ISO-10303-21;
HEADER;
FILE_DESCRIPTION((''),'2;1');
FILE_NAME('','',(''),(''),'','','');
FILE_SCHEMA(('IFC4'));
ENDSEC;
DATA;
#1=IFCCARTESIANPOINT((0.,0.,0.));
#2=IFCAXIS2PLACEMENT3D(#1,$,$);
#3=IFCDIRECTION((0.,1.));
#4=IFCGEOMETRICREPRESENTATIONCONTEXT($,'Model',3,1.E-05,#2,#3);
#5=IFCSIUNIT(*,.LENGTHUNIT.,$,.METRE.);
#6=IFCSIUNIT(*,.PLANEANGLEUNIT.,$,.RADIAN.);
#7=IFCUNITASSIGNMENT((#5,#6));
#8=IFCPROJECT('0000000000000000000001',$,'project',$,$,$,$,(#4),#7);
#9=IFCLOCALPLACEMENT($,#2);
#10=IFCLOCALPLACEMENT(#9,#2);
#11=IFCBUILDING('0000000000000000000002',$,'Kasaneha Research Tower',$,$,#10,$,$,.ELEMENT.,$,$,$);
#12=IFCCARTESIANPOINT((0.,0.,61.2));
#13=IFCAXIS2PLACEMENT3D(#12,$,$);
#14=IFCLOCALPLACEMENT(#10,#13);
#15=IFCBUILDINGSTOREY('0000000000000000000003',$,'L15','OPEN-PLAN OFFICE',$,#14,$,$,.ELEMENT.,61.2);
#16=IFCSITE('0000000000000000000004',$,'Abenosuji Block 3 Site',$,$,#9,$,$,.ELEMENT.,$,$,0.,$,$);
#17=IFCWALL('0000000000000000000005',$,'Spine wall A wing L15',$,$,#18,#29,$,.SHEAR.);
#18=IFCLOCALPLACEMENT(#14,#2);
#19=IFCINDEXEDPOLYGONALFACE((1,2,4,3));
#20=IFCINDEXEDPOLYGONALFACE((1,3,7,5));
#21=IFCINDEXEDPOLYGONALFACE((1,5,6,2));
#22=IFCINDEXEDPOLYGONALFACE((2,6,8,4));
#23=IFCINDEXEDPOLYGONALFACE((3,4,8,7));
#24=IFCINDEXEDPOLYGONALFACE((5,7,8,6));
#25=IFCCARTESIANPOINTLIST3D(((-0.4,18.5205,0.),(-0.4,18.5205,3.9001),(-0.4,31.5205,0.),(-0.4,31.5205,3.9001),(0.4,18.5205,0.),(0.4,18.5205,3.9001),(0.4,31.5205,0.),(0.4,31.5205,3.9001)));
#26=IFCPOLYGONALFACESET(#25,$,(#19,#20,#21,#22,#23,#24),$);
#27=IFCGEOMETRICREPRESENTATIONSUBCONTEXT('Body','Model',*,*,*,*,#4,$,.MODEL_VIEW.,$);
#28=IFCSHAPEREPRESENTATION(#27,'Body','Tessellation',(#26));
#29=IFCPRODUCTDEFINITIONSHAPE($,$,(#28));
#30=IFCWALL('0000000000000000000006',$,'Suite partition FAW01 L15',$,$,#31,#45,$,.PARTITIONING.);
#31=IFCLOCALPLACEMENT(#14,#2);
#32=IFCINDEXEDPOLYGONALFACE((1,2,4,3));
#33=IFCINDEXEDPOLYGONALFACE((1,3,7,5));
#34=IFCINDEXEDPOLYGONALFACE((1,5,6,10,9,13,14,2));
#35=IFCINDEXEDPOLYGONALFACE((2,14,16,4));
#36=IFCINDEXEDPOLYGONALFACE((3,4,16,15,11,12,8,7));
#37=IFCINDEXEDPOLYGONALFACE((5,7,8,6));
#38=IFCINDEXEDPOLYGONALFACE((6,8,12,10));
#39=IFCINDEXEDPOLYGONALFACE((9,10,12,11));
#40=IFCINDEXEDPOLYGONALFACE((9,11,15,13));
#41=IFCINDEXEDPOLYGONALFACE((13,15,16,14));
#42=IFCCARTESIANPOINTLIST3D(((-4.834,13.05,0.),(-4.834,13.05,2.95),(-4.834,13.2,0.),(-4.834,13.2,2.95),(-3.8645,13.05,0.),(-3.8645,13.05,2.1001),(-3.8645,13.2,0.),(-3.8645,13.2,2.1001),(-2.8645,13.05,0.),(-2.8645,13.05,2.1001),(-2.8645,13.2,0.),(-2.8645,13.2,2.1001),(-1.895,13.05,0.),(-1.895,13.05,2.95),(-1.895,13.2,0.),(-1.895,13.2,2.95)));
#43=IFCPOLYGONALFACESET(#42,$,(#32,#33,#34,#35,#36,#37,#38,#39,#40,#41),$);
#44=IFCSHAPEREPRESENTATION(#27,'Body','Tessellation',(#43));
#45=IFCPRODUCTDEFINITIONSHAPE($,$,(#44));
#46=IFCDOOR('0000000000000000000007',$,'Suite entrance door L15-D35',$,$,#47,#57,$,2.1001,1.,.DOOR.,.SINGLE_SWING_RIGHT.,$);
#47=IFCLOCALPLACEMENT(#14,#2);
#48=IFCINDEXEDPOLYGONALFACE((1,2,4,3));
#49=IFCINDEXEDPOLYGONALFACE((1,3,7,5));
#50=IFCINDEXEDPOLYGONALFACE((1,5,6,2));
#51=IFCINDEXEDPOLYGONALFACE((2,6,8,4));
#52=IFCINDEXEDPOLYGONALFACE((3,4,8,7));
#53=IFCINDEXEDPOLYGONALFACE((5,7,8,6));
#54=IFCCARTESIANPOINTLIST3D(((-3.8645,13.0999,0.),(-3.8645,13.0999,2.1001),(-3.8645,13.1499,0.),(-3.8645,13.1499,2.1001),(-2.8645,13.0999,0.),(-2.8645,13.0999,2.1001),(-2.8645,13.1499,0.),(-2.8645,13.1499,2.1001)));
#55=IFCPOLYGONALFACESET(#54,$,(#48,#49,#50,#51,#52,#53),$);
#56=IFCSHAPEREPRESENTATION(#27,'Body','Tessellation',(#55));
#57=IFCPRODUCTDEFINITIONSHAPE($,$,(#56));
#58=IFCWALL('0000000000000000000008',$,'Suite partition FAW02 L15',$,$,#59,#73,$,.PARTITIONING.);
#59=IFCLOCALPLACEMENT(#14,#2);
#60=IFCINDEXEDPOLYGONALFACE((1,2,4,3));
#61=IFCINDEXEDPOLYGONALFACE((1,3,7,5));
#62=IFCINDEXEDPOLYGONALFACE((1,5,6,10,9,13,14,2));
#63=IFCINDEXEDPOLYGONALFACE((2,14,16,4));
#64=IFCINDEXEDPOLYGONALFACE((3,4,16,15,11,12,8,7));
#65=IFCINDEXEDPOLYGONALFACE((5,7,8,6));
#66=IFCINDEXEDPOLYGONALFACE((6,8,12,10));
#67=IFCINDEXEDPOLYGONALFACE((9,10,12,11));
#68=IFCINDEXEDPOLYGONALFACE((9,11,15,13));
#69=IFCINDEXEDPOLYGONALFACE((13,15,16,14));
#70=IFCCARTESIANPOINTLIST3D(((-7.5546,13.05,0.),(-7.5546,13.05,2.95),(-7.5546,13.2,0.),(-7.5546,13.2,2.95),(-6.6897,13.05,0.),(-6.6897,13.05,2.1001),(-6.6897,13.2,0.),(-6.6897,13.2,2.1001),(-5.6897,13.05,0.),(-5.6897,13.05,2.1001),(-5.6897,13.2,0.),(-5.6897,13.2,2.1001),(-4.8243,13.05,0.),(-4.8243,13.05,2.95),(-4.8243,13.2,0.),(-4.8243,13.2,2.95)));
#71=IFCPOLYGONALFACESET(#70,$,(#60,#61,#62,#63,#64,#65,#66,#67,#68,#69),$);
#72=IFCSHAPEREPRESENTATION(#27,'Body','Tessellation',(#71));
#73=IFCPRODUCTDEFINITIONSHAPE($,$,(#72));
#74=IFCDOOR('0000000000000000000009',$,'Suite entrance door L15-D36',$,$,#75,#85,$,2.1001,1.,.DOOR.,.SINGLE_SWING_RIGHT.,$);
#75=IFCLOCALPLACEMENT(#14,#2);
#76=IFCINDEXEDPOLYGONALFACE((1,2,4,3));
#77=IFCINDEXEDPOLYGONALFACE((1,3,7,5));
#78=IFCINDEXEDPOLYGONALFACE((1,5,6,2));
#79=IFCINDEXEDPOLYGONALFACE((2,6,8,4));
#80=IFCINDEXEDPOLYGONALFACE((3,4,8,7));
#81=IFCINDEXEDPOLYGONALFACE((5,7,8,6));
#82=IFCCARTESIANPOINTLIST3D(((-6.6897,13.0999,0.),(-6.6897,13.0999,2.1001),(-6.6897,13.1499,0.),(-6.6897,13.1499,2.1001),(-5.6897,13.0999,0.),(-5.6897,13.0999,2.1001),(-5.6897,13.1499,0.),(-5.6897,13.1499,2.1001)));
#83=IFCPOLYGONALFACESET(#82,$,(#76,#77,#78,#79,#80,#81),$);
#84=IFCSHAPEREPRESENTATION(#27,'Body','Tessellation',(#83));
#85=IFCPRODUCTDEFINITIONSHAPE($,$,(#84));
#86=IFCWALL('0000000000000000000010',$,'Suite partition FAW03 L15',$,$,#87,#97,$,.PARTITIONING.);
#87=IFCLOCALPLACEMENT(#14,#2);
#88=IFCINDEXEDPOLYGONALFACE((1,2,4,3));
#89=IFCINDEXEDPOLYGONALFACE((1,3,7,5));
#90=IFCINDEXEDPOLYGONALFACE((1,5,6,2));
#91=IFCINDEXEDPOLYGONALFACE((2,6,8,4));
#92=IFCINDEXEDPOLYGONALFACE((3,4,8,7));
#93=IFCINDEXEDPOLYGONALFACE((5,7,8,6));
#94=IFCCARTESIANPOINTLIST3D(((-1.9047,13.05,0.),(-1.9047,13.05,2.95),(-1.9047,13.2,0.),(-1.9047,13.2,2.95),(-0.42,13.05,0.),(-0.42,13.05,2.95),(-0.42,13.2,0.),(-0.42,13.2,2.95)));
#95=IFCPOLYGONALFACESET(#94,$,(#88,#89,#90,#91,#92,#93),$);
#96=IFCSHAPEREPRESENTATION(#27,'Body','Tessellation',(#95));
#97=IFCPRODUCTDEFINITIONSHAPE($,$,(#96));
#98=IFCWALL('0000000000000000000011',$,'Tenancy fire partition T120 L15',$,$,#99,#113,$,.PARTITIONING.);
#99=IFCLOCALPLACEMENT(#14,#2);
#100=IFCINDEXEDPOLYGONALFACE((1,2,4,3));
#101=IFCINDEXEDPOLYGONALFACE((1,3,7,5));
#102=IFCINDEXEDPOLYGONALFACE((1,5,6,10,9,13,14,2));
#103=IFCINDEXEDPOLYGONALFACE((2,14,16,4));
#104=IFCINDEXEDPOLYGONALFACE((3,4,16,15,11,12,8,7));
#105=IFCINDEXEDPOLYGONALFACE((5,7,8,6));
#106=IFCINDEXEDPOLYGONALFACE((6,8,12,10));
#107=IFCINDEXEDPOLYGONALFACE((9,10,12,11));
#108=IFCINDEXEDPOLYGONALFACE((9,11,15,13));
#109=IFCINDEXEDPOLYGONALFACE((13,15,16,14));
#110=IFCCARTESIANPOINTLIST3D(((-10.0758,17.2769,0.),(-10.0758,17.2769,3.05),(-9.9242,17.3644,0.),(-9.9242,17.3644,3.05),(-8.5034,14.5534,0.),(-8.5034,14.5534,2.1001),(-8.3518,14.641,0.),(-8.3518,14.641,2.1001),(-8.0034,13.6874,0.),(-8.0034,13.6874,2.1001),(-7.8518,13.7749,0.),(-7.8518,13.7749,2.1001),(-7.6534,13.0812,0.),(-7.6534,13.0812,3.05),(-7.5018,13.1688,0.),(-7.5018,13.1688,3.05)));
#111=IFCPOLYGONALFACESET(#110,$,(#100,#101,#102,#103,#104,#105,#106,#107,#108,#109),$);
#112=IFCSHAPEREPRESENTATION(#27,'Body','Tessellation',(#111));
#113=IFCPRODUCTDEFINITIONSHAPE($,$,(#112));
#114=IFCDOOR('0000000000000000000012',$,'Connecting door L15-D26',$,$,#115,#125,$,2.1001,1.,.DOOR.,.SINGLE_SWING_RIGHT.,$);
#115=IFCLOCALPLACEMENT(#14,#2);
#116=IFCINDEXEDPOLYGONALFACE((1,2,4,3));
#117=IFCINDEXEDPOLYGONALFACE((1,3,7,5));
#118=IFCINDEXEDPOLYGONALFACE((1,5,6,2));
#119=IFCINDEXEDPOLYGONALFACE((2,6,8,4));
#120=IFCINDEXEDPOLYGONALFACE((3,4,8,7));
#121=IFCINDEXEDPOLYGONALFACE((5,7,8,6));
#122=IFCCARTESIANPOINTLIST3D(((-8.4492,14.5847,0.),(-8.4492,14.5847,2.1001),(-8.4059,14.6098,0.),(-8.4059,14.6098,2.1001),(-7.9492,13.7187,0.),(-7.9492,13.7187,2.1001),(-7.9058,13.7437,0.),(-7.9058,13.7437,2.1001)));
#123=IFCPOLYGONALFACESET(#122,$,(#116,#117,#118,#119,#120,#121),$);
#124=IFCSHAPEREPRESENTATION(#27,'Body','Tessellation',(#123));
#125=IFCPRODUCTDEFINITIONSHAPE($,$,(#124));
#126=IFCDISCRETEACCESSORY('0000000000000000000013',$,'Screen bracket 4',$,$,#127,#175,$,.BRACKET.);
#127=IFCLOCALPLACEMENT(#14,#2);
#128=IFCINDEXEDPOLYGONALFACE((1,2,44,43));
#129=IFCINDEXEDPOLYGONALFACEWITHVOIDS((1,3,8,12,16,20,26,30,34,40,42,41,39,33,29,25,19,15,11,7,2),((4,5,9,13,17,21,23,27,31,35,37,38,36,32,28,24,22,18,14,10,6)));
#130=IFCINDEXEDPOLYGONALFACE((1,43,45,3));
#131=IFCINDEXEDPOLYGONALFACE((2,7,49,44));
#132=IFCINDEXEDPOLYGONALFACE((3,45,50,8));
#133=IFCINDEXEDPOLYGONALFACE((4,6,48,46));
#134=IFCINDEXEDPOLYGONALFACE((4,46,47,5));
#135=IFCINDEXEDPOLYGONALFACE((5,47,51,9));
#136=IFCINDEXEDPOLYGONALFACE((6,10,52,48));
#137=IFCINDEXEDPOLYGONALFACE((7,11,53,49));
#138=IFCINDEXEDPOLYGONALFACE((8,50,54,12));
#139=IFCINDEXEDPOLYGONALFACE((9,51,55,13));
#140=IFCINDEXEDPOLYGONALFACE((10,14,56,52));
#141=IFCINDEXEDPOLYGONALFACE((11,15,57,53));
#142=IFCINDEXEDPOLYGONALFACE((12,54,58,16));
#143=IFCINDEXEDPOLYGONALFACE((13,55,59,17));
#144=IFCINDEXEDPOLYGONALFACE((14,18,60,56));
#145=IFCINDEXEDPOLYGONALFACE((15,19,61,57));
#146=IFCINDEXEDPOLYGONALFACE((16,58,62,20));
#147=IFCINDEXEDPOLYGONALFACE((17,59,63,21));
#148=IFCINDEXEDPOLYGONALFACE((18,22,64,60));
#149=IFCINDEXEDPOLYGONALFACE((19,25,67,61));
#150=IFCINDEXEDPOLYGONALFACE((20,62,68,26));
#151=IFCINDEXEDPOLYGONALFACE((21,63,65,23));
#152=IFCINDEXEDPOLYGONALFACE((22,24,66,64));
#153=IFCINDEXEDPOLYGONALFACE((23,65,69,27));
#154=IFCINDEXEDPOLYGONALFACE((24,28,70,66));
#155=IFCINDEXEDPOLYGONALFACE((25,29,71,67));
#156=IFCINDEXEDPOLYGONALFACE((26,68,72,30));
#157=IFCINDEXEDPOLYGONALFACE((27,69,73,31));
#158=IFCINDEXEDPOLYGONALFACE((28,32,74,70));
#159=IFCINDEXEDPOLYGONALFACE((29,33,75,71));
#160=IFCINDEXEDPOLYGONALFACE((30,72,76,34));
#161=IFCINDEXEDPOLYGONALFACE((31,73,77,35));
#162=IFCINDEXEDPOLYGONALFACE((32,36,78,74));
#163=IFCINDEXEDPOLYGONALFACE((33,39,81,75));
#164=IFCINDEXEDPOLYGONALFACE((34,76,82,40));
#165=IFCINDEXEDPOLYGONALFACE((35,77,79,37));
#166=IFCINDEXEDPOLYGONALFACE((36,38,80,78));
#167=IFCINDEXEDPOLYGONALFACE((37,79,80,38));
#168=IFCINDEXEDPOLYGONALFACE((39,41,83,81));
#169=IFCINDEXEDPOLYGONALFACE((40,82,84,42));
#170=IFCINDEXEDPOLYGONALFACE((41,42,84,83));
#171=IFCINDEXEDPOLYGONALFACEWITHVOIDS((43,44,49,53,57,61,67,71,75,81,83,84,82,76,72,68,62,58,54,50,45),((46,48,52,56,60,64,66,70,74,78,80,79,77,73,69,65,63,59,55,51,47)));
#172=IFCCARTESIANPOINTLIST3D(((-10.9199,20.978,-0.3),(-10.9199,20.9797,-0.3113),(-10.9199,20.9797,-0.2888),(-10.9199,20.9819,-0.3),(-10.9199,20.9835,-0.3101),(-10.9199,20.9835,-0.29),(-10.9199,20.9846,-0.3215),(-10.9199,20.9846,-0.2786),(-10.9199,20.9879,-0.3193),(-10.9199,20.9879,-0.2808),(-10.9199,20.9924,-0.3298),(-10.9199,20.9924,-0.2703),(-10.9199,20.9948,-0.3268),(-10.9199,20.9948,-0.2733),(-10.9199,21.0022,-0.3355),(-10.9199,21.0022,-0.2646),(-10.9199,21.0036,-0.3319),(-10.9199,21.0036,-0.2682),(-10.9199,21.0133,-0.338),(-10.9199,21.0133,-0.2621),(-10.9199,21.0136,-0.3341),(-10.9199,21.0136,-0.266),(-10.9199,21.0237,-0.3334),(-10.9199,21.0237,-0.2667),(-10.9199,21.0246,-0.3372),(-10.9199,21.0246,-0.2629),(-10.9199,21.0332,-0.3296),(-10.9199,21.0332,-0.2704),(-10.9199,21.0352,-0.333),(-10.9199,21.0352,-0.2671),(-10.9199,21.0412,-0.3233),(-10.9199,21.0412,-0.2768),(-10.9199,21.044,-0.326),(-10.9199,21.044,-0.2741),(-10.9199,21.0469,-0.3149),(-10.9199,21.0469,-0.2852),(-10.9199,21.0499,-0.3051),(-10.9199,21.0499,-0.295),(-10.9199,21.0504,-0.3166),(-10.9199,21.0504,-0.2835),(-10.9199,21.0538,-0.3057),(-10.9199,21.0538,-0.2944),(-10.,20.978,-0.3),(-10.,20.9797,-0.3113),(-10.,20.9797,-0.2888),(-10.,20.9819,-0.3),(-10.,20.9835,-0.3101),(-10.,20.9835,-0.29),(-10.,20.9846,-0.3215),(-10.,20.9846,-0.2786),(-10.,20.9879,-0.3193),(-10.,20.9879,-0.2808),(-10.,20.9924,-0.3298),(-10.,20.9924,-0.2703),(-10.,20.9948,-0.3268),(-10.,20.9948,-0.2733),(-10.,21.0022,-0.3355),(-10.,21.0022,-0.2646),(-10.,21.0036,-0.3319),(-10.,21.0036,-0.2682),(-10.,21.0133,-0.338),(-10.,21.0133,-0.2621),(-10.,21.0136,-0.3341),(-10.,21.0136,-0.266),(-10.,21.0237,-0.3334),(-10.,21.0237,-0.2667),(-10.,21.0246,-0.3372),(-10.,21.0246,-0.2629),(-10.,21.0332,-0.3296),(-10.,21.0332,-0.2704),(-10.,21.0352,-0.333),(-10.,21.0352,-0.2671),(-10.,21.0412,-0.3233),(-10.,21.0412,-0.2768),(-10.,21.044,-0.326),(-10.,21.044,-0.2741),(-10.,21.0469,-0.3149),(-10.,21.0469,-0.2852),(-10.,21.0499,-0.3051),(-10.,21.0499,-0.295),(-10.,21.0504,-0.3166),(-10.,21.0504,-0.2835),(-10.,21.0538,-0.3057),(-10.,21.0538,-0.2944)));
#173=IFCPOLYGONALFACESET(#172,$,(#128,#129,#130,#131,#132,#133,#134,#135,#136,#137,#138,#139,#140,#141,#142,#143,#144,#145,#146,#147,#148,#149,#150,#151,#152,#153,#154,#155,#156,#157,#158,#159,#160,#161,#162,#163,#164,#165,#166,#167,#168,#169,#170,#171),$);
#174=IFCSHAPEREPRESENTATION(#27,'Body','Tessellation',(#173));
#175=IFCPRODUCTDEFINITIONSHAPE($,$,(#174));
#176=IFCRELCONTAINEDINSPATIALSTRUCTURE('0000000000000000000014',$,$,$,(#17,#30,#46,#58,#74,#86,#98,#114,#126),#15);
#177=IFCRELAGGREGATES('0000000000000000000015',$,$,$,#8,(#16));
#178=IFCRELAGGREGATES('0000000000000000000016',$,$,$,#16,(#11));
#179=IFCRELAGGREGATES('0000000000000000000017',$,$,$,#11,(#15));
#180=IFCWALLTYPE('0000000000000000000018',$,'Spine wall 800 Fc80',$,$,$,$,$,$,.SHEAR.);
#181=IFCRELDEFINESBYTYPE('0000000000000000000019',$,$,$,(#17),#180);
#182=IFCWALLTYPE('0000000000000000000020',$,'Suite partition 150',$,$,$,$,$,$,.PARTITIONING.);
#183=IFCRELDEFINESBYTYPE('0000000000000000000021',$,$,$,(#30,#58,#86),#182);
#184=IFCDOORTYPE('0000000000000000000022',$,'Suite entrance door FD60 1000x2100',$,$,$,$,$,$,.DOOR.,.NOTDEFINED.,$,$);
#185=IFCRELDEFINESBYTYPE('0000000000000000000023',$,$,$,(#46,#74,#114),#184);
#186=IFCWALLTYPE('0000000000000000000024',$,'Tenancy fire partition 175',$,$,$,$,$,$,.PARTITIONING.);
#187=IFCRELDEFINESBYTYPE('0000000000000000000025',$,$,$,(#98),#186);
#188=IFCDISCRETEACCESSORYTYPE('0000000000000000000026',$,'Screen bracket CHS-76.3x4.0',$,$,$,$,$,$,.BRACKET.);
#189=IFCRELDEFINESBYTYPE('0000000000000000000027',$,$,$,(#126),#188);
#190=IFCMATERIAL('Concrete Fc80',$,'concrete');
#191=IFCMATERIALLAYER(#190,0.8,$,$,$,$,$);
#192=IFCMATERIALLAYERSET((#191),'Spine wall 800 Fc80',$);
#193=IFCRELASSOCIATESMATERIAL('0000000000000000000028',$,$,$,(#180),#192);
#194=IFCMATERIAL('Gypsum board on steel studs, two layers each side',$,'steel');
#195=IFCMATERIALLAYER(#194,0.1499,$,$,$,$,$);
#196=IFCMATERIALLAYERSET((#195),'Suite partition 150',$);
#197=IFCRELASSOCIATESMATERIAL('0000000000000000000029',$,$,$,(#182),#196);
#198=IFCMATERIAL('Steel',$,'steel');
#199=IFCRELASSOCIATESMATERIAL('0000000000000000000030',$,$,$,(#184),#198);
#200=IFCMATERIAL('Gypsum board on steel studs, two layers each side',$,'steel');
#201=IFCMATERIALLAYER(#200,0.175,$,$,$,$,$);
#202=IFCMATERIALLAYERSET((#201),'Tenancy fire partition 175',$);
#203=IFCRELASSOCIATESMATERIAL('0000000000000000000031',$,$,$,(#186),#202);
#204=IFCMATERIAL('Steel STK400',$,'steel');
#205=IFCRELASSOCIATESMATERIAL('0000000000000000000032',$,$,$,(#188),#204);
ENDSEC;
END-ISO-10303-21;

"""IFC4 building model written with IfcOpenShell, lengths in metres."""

from ifc_helpers import new_model, si_unit, direction, frame, frame_2d, origin, origin_2d, place, context, subcontext, project, spatial, rectangle, hollow_circle, extrude, material, layer, layer_set, material_profile, profile_set, type_object, element, fill, save


model = new_model("IFC4")

# Units and contexts
model_context = context("Model", 3, precision=1e-05, world=origin(), true_north=direction((0.0, 1.0)))
body_context = subcontext(model_context, "Body", "Model", "MODEL_VIEW")
ifc_project = project(units=[si_unit("LENGTHUNIT", "METRE"), si_unit("PLANEANGLEUNIT", "RADIAN")], contexts=[model_context])

# Site, building, storey
site_placement = place(None, origin())
site = spatial("IfcSite", under=ifc_project, at=site_placement, Name="Abenosuji Block 3 Site", CompositionType="ELEMENT", RefElevation=0.0)
building_placement = place(site_placement, origin())
building = spatial("IfcBuilding", under=site, at=building_placement, Name="Kasaneha Research Tower", CompositionType="ELEMENT")
storey_placement = place(building_placement, frame((0.0, 0.0, 61.2)))
storey = spatial("IfcBuildingStorey", under=building, at=storey_placement, Name="L15", Description="OPEN-PLAN OFFICE", CompositionType="ELEMENT", Elevation=61.2)

# Wall
ifc_material_1 = material(Name="Concrete Fc80", Category="concrete")
ifc_layer_1 = layer(ifc_material_1, 0.8)
ifc_layer_set_1 = layer_set([ifc_layer_1], Name="Spine wall 800 Fc80")
wall_type_1 = type_object("IfcWallType", Name="Spine wall 800 Fc80", PredefinedType="SHEAR", material=ifc_layer_set_1)
wall_1_placement = place(storey_placement, frame((0.0, 18.5205, 0.0), z_axis=(0.0, 0.0, 1.0), x_axis=(0.0, 1.0, 0.0)))
element("IfcWall", 1, at=wall_1_placement, inside=storey, type_object=wall_type_1, Name="Spine wall A wing L15", PredefinedType="SHEAR", context=body_context, shape_type="SweptSolid", body=[
    extrude(rectangle(XDim=13.0, YDim=0.8, at=frame_2d((6.5, 0.0))), origin(), (0.0, 0.0, 1.0), 3.9001),
])

# Walls, openings, doors
ifc_material_2 = material(Name="Gypsum board on steel studs, two layers each side", Category="steel")
ifc_layer_2 = layer(ifc_material_2, 0.1499)
ifc_layer_set_2 = layer_set([ifc_layer_2], Name="Suite partition 150")
wall_type_2 = type_object("IfcWallType", Name="Suite partition 150", PredefinedType="PARTITIONING", material=ifc_layer_set_2)
wall_2_placement = place(storey_placement, frame((-4.834, 13.125, 0.0), z_axis=(0.0, 0.0, 1.0), x_axis=(1.0, 0.0, 0.0)))
wall_2 = element("IfcWall", 2, at=wall_2_placement, inside=storey, type_object=wall_type_2, Name="Suite partition FAW01 L15", PredefinedType="PARTITIONING", context=body_context, shape_type="SweptSolid", body=[
    extrude(rectangle(XDim=2.939, YDim=0.1499, at=frame_2d((1.4695, 0.0))), origin(), (0.0, 0.0, 1.0), 2.95),
])
opening_1_placement = place(wall_2_placement, frame((0.9695, 0.0, 0.0)))
opening_1 = element("IfcOpeningElement", 3, at=opening_1_placement, cuts=wall_2, PredefinedType="OPENING", context=body_context, shape_type="SweptSolid", body=[
    extrude(rectangle(XDim=1.0, YDim=2.1001, at=frame_2d((0.5, 1.05))), frame((0.0, 0.085, 0.0), z_axis=(0.0, -1.0, 0.0), x_axis=(1.0, 0.0, 0.0)), (0.0, 0.0, 1.0), 0.1699),
])
ifc_material_3 = material(Name="Steel", Category="steel")
door_type_1 = type_object("IfcDoorType", Name="Suite entrance door FD60 1000x2100", OperationType="NOTDEFINED", PredefinedType="DOOR", material=ifc_material_3)
door_1_placement = place(opening_1_placement, origin())
door_1 = element("IfcDoor", 4, at=door_1_placement, inside=storey, type_object=door_type_1, Name="Suite entrance door L15-D35", OperationType="SINGLE_SWING_RIGHT", OverallHeight=2.1001, OverallWidth=1.0, PredefinedType="DOOR", context=body_context, shape_type="SweptSolid", body=[
    extrude(rectangle(XDim=1.0, YDim=2.1001, at=frame_2d((0.5, 1.05))), frame((0.0, 0.0249, 0.0), z_axis=(0.0, -1.0, 0.0), x_axis=(1.0, 0.0, 0.0)), (0.0, 0.0, 1.0), 0.05),
])
fill(opening_1, door_1)
wall_3_placement = place(storey_placement, frame((-7.5547, 13.125, 0.0), z_axis=(0.0, 0.0, 1.0), x_axis=(1.0, 0.0, 0.0)))
wall_3 = element("IfcWall", 5, at=wall_3_placement, inside=storey, type_object=wall_type_2, Name="Suite partition FAW02 L15", PredefinedType="PARTITIONING", context=body_context, shape_type="SweptSolid", body=[
    extrude(rectangle(XDim=2.7302, YDim=0.1499, at=frame_2d((1.3652, 0.0))), origin(), (0.0, 0.0, 1.0), 2.95),
])
opening_2_placement = place(wall_3_placement, frame((0.865, 0.0, 0.0)))
opening_2 = element("IfcOpeningElement", 6, at=opening_2_placement, cuts=wall_3, PredefinedType="OPENING", context=body_context, shape_type="SweptSolid", body=[
    extrude(rectangle(XDim=1.0, YDim=2.1001, at=frame_2d((0.5, 1.05))), frame((0.0, 0.085, 0.0), z_axis=(0.0, -1.0, 0.0), x_axis=(1.0, 0.0, 0.0)), (0.0, 0.0, 1.0), 0.1699),
])
door_2_placement = place(opening_2_placement, origin())
door_2 = element("IfcDoor", 7, at=door_2_placement, inside=storey, type_object=door_type_1, Name="Suite entrance door L15-D36", OperationType="SINGLE_SWING_RIGHT", OverallHeight=2.1001, OverallWidth=1.0, PredefinedType="DOOR", context=body_context, shape_type="SweptSolid", body=[
    extrude(rectangle(XDim=1.0, YDim=2.1001, at=frame_2d((0.5, 1.05))), frame((0.0, 0.0249, 0.0), z_axis=(0.0, -1.0, 0.0), x_axis=(1.0, 0.0, 0.0)), (0.0, 0.0, 1.0), 0.05),
])
fill(opening_2, door_2)

# Wall
wall_4_placement = place(storey_placement, frame((-1.9045, 13.125, 0.0), z_axis=(0.0, 0.0, 1.0), x_axis=(1.0, 0.0, 0.0)))
element("IfcWall", 8, at=wall_4_placement, inside=storey, type_object=wall_type_2, Name="Suite partition FAW03 L15", PredefinedType="PARTITIONING", context=body_context, shape_type="SweptSolid", body=[
    extrude(rectangle(XDim=1.4846, YDim=0.1499, at=frame_2d((0.7422, 0.0))), origin(), (0.0, 0.0, 1.0), 2.95),
])

# Wall, opening, door
ifc_material_4 = material(Name="Gypsum board on steel studs, two layers each side", Category="steel")
ifc_layer_3 = layer(ifc_material_4, 0.175)
ifc_layer_set_3 = layer_set([ifc_layer_3], Name="Tenancy fire partition 175")
wall_type_3 = type_object("IfcWallType", Name="Tenancy fire partition 175", PredefinedType="PARTITIONING", material=ifc_layer_set_3)
wall_5_placement = place(storey_placement, frame((-7.5776, 13.125, 0.0), z_axis=(0.0, 0.0, 1.0), x_axis=(-0.500009, 0.86602, 0.0)))
wall_5 = element("IfcWall", 9, at=wall_5_placement, inside=storey, type_object=wall_type_3, Name="Tenancy fire partition T120 L15", PredefinedType="PARTITIONING", context=body_context, shape_type="SweptSolid", body=[
    extrude(rectangle(XDim=4.8447, YDim=0.175, at=frame_2d((2.4224, 0.0))), origin(), (0.0, 0.0, 1.0), 3.05),
])
opening_3_placement = place(wall_5_placement, frame((0.7, 0.0, 0.0)))
opening_3 = element("IfcOpeningElement", 10, at=opening_3_placement, cuts=wall_5, PredefinedType="OPENING", context=body_context, shape_type="SweptSolid", body=[
    extrude(rectangle(XDim=1.0, YDim=2.1001, at=frame_2d((0.5, 1.05))), frame((0.0, 0.0977, 0.0), z_axis=(0.0, -1.0, 0.0), x_axis=(1.0, 0.0, 0.0)), (0.0, 0.0, 1.0), 0.1951),
])
door_3_placement = place(opening_3_placement, origin())
door_3 = element("IfcDoor", 11, at=door_3_placement, inside=storey, type_object=door_type_1, Name="Connecting door L15-D26", OperationType="SINGLE_SWING_RIGHT", OverallHeight=2.1001, OverallWidth=1.0, PredefinedType="DOOR", context=body_context, shape_type="SweptSolid", body=[
    extrude(rectangle(XDim=1.0, YDim=2.1001, at=frame_2d((0.5, 1.05))), frame((0.0, 0.0249, 0.0), z_axis=(0.0, -1.0, 0.0), x_axis=(1.0, 0.0, 0.0)), (0.0, 0.0, 1.0), 0.05),
])
fill(opening_3, door_3)

# Discrete accessory
ifc_material_5 = material(Name="Steel STK400", Category="steel")
ifc_material_profile_1 = material_profile(ifc_material_5, hollow_circle(Radius=0.0381, WallThickness=0.0039, at=origin_2d()), Name="CHS-76.3x4.0")
ifc_profile_set_1 = profile_set([ifc_material_profile_1], Name="Steel STK400")
discrete_accessory_type = type_object("IfcDiscreteAccessoryType", Name="Screen bracket CHS-76.3x4.0", PredefinedType="BRACKET", material=ifc_profile_set_1)
for number, where, z_axis, x_axis, name in (
    (12, (-10.0, 21.0161, -0.3), (-1.0, 0.0, 0.0), (0.0, -1.0, 0.0), "Screen bracket 4"),
):
    element("IfcDiscreteAccessory", number, at=place(storey_placement, frame(where, z_axis=z_axis, x_axis=x_axis)), inside=storey, type_object=discrete_accessory_type, Name=name, PredefinedType="BRACKET", context=body_context, shape_type="SweptSolid", body=[
        extrude(hollow_circle(Radius=0.0381, WallThickness=0.0039, at=origin_2d()), origin(), (0.0, 0.0, 1.0), 0.9199),
    ])

save(model, "model.ifc")
